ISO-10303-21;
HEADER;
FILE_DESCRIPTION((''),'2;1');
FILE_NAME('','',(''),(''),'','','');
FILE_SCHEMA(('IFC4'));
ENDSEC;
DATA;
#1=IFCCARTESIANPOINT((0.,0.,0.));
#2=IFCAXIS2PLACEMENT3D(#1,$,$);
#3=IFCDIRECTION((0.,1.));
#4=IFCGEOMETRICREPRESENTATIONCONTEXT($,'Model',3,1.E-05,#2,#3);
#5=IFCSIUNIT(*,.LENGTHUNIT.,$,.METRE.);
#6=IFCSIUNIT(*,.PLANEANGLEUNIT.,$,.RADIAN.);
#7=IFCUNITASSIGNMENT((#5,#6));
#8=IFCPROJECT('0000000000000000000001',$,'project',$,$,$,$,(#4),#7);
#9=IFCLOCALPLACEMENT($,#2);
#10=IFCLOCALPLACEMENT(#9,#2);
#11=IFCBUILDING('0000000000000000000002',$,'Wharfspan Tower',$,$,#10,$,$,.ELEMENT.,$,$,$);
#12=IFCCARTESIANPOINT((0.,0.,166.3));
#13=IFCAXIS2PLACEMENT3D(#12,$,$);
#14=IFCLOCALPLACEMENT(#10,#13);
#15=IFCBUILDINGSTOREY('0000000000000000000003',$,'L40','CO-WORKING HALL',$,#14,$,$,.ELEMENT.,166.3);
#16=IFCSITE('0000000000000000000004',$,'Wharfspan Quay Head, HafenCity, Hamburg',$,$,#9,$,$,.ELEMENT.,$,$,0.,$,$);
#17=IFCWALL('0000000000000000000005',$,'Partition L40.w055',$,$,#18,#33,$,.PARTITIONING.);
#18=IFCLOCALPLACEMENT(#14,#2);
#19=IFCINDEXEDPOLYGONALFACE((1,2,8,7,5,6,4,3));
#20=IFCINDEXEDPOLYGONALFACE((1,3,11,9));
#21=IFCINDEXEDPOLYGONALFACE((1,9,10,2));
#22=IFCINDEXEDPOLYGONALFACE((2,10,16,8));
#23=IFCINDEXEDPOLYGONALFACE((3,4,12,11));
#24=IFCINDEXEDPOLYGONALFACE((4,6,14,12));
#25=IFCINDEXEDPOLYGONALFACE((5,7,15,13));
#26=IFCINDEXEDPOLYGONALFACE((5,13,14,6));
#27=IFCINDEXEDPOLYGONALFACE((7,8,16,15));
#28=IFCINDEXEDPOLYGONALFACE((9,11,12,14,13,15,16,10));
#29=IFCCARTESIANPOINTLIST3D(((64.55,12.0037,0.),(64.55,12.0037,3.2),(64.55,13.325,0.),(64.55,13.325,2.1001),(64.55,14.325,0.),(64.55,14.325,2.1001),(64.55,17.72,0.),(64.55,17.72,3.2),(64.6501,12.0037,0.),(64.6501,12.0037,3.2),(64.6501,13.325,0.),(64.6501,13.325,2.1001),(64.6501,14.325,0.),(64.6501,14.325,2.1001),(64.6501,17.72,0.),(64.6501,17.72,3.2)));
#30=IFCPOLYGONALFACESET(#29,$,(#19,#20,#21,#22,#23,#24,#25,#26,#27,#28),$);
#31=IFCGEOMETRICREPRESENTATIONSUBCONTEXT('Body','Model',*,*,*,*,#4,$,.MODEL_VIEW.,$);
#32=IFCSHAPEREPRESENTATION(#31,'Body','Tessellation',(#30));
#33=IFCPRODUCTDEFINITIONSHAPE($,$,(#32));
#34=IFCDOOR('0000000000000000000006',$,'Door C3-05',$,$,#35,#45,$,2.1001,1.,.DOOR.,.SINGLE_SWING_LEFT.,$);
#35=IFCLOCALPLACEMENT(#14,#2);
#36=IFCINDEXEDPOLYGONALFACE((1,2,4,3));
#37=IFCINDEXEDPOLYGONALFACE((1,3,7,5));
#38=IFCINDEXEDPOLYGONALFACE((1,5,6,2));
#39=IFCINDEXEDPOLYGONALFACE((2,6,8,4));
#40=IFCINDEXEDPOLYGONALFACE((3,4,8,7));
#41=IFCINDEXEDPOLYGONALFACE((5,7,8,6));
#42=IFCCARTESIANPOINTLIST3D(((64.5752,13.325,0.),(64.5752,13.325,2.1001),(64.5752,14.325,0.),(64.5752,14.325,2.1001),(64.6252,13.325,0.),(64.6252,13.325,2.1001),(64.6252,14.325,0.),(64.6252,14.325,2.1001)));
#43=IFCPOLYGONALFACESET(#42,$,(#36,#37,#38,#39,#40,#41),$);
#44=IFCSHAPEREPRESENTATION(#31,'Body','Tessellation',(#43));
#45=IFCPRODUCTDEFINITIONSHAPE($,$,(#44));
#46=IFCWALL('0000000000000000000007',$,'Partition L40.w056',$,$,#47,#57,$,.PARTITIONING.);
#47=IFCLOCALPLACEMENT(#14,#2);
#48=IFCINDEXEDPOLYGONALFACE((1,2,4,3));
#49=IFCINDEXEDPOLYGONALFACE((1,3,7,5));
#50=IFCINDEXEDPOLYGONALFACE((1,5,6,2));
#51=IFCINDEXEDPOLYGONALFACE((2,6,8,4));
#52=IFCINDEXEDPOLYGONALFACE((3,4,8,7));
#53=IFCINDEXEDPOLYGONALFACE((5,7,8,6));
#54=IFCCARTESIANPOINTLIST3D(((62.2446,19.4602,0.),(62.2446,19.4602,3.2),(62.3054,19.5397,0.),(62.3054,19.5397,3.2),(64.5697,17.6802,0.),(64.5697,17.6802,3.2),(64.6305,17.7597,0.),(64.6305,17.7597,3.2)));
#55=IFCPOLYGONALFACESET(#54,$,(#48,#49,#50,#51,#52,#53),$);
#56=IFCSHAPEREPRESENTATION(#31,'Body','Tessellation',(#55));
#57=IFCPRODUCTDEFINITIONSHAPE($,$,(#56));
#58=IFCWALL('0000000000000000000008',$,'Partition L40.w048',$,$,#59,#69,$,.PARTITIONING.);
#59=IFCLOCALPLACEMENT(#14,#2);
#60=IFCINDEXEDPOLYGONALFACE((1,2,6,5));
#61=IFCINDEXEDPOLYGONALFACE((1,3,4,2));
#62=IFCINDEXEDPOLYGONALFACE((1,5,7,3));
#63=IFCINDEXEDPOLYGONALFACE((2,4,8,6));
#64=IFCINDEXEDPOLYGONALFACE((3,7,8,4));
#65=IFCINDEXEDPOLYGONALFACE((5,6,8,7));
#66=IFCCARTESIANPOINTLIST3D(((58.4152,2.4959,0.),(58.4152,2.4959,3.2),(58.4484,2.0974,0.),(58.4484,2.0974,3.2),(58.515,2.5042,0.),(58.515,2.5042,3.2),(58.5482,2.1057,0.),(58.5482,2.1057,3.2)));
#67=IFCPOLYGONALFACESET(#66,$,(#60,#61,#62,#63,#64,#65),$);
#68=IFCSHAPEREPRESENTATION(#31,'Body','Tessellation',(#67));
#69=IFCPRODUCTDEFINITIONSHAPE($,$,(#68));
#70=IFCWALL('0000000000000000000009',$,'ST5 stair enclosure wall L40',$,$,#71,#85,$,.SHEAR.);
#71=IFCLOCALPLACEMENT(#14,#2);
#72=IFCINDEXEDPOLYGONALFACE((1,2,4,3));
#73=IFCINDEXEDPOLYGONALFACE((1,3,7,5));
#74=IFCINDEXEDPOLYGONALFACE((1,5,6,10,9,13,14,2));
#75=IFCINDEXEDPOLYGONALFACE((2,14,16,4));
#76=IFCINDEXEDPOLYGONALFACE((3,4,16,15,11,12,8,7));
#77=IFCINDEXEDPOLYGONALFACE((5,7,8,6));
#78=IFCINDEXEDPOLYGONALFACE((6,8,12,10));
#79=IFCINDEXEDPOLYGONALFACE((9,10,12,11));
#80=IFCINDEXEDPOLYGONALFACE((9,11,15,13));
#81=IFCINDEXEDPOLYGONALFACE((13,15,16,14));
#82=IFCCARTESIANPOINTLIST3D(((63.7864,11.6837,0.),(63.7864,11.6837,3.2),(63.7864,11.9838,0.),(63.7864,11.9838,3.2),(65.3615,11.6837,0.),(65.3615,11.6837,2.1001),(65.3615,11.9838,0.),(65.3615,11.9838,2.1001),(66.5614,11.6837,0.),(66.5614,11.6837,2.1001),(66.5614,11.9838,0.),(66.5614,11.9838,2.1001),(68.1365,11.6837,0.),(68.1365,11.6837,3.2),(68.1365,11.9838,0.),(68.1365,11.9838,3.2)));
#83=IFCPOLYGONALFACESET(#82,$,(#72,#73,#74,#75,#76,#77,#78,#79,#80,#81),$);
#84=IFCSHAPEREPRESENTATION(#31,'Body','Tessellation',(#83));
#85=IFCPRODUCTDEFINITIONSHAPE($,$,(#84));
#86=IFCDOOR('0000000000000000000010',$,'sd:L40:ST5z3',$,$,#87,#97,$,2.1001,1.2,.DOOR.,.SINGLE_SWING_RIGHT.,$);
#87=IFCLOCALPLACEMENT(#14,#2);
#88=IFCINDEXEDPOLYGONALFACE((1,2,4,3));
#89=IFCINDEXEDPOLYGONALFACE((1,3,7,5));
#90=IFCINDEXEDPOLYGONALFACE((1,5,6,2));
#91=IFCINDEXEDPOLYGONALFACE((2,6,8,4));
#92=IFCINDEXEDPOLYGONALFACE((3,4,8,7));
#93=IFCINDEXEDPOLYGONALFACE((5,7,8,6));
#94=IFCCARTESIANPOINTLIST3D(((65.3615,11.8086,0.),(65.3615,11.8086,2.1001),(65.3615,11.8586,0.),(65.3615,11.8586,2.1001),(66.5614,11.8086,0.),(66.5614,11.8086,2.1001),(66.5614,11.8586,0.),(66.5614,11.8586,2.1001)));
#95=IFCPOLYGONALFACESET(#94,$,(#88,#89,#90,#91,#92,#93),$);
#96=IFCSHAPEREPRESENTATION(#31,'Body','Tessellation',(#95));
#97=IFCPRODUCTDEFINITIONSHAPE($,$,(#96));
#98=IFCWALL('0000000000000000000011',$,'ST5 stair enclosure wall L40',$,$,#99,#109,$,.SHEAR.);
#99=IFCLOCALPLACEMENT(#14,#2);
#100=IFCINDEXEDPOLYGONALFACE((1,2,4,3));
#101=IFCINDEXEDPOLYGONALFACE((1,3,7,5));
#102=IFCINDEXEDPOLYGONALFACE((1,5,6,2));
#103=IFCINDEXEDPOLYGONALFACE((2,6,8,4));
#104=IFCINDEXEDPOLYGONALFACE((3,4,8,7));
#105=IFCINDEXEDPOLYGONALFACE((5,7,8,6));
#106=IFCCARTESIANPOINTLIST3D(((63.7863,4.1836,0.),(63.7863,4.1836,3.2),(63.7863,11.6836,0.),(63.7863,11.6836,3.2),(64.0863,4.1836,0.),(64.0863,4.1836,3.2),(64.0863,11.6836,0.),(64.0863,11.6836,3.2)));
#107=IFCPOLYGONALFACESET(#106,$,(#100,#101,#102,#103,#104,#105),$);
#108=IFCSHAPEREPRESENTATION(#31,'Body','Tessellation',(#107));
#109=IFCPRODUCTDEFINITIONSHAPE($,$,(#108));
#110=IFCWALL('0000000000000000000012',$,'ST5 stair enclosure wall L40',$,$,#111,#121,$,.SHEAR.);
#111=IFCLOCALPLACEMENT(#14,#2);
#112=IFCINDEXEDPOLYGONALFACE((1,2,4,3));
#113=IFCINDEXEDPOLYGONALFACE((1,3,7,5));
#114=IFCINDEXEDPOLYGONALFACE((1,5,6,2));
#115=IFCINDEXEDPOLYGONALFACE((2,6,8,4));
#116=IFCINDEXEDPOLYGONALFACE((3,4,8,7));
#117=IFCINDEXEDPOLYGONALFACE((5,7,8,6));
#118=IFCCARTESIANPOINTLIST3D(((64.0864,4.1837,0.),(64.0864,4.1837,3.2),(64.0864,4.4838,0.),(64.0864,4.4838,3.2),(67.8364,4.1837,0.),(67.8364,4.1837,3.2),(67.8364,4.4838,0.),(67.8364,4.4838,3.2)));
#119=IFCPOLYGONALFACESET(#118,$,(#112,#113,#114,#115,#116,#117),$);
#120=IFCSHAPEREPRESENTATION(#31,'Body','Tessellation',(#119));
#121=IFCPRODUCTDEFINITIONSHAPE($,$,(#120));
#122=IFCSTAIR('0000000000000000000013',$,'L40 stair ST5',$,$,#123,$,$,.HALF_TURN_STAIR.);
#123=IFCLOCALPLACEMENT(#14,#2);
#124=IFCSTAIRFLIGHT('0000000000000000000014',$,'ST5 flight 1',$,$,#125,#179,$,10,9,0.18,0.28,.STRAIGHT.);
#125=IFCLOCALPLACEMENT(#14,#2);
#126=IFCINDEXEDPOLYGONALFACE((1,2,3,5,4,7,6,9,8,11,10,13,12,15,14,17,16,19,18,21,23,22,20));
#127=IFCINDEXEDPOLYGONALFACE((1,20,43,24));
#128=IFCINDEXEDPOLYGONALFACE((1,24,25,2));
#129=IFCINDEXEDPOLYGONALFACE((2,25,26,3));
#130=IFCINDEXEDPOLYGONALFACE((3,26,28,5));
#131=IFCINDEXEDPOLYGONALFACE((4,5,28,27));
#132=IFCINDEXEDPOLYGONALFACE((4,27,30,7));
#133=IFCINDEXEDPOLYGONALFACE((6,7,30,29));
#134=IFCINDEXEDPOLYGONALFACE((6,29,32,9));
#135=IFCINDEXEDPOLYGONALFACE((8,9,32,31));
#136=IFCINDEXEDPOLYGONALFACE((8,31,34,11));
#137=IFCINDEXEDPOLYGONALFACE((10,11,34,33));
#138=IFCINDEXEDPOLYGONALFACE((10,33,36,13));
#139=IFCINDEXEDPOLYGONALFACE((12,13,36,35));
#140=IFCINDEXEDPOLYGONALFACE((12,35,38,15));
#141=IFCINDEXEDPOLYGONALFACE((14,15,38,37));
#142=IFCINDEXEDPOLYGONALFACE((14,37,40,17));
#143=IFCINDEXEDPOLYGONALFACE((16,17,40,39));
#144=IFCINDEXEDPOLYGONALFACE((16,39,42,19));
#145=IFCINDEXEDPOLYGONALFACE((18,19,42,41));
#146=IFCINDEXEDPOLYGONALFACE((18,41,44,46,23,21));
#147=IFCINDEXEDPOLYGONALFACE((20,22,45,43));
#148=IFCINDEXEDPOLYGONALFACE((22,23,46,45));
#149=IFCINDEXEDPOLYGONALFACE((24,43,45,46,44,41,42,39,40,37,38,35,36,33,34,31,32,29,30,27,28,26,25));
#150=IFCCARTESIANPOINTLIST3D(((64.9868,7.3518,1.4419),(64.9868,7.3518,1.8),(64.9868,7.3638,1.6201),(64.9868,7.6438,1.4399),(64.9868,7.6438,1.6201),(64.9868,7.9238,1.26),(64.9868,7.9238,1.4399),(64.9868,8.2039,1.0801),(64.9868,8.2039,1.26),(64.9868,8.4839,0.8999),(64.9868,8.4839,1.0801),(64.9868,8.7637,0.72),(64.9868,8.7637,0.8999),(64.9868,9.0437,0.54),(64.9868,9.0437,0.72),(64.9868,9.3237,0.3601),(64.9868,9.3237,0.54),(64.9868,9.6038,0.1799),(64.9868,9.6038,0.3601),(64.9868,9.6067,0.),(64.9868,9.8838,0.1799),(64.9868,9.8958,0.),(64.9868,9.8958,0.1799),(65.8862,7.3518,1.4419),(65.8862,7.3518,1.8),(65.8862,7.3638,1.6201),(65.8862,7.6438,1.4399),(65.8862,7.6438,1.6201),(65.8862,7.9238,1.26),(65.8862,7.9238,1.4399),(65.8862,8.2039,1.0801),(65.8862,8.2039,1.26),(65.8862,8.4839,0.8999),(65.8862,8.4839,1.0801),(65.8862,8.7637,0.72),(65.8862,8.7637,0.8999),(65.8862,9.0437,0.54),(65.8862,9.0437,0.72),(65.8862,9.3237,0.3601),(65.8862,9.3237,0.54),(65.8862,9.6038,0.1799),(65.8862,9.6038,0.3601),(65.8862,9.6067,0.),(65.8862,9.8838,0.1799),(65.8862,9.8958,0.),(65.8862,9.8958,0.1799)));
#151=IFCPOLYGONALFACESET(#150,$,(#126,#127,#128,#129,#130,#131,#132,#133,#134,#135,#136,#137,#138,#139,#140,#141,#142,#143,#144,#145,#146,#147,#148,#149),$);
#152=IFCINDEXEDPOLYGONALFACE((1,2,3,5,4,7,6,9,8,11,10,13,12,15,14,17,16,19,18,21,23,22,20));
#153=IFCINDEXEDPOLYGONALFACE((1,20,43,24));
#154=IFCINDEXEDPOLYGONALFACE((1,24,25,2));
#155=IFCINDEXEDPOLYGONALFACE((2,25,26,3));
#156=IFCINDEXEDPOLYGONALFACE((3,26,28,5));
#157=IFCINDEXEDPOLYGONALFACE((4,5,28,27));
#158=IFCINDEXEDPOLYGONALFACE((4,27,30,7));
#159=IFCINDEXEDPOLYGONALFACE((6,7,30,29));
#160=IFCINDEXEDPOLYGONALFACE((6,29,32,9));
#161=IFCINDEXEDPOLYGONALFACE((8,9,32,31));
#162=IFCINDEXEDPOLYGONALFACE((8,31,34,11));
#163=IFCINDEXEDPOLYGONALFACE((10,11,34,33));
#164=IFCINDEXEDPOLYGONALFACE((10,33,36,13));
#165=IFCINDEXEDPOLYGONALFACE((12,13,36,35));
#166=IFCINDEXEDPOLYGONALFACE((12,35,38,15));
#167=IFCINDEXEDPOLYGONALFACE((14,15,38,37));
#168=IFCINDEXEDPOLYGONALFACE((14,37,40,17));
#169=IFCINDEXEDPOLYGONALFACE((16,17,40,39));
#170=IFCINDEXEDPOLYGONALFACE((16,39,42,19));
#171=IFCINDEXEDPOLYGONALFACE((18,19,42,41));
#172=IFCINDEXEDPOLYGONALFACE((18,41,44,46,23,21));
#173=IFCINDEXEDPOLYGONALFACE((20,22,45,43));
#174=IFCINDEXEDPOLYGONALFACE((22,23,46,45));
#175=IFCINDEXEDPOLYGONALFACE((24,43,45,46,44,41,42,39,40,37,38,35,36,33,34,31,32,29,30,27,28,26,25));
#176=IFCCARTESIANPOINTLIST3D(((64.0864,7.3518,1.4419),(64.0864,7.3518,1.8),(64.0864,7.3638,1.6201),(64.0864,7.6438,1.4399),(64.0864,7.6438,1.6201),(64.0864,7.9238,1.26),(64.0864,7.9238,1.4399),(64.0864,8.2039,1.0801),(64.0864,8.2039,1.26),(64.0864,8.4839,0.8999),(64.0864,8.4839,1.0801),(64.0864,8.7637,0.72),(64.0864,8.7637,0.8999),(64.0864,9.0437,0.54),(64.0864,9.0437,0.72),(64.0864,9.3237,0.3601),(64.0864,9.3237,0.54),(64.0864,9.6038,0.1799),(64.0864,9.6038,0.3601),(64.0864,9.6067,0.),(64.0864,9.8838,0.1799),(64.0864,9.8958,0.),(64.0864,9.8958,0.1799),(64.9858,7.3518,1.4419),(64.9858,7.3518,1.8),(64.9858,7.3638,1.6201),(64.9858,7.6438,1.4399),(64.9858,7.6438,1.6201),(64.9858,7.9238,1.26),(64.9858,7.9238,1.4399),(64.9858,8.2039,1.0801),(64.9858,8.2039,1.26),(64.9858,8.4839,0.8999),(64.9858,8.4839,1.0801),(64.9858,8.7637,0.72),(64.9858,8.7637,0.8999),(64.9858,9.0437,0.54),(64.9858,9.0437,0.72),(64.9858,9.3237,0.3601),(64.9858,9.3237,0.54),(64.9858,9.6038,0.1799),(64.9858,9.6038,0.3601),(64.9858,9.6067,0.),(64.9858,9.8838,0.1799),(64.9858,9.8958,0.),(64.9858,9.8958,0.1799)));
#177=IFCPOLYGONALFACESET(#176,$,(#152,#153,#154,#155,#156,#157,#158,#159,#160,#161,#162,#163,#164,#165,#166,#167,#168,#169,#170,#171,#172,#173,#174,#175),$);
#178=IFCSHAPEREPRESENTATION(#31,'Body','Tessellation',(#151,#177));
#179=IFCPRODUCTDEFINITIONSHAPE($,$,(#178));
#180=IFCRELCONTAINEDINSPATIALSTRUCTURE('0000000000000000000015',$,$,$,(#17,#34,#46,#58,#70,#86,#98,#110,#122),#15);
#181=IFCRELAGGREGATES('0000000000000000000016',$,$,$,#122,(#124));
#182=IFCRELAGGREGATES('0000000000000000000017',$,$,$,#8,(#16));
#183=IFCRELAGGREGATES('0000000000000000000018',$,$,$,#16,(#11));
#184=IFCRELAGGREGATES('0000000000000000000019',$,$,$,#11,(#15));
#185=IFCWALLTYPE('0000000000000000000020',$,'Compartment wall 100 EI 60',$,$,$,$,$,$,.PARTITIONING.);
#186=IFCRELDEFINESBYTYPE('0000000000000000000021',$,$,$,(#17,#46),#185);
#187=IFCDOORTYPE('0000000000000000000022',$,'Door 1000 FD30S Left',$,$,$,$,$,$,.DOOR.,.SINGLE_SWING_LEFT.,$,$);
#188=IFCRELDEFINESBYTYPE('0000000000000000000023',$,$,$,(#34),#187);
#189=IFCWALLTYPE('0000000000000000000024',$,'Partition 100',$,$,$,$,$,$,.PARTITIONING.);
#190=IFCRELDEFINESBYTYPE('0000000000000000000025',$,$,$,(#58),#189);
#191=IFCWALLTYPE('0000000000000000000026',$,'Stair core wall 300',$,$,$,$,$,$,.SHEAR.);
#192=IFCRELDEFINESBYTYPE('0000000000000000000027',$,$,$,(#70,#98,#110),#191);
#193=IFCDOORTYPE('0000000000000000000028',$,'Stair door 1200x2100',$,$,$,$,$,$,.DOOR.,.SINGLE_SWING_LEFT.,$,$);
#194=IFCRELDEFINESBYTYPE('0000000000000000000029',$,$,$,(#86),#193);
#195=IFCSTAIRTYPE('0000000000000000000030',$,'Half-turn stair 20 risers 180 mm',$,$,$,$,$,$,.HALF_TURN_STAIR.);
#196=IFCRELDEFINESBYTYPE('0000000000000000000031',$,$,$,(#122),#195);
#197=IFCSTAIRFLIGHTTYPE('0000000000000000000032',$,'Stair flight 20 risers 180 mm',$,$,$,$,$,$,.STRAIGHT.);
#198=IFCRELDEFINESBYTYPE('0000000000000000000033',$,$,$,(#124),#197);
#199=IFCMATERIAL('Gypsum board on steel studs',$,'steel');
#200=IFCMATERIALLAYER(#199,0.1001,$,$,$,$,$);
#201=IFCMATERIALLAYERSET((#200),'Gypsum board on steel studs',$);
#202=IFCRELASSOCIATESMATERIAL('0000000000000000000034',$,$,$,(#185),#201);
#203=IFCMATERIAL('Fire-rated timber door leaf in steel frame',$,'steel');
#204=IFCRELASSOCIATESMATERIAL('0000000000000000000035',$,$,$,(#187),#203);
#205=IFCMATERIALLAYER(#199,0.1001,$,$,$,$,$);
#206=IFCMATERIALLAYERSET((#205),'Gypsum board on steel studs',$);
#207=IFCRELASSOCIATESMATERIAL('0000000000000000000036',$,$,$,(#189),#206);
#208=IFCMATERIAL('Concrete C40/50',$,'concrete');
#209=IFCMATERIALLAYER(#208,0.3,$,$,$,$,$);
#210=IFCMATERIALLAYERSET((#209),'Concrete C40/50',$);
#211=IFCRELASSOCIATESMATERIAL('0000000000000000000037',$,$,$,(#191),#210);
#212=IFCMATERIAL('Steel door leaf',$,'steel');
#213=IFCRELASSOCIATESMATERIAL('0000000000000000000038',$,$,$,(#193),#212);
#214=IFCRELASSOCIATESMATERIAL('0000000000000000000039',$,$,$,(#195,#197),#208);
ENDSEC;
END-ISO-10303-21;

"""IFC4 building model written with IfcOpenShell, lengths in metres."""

from ifc_helpers import new_model, si_unit, direction, frame, frame_2d, origin, place, context, subcontext, project, spatial, polyline, rectangle, outline, extrude, material, layer, layer_set, type_object, element, fill, aggregate, save


model = new_model("IFC4")

# Units and contexts
model_context = context("Model", 3, precision=1e-05, world=origin(), true_north=direction((0.0, 1.0)))
body_context = subcontext(model_context, "Body", "Model", "MODEL_VIEW")
ifc_project = project(units=[si_unit("LENGTHUNIT", "METRE"), si_unit("PLANEANGLEUNIT", "RADIAN")], contexts=[model_context])

# Site, building, storey
site_placement = place(None, origin())
site = spatial("IfcSite", under=ifc_project, at=site_placement, Name="Wharfspan Quay Head, HafenCity, Hamburg", CompositionType="ELEMENT", RefElevation=0.0)
building_placement = place(site_placement, origin())
building = spatial("IfcBuilding", under=site, at=building_placement, Name="Wharfspan Tower", CompositionType="ELEMENT")
storey_placement = place(building_placement, frame((0.0, 0.0, 166.3)))
storey = spatial("IfcBuildingStorey", under=building, at=storey_placement, Name="L40", Description="CO-WORKING HALL", CompositionType="ELEMENT", Elevation=166.3)

# Shared definitions
ifc_material_1 = material(Name="Gypsum board on steel studs", Category="steel")
ifc_layer_1 = layer(ifc_material_1, 0.1001)
ifc_layer_set_1 = layer_set([ifc_layer_1], Name="Gypsum board on steel studs")
wall_type_1 = type_object("IfcWallType", Name="Compartment wall 100 EI 60", PredefinedType="PARTITIONING", material=ifc_layer_set_1)

# Wall, opening, door
wall_1_placement = place(storey_placement, frame((64.6001, 12.0037, 0.0), z_axis=(0.0, 0.0, 1.0), x_axis=(0.0, 1.0, 0.0)))
wall_1 = element("IfcWall", 1, at=wall_1_placement, inside=storey, type_object=wall_type_1, Name="Partition L40.w055", PredefinedType="PARTITIONING", context=body_context, shape_type="SweptSolid", body=[
    extrude(rectangle(XDim=5.7163, YDim=0.1001, at=frame_2d((2.8582, 0.0))), origin(), (0.0, 0.0, 1.0), 3.2),
])
opening_1_placement = place(wall_1_placement, frame((1.3213, 0.0, 0.0)))
opening_1 = element("IfcOpeningElement", 2, at=opening_1_placement, cuts=wall_1, PredefinedType="OPENING", context=body_context, shape_type="SweptSolid", body=[
    extrude(rectangle(XDim=1.0, YDim=2.1001, at=frame_2d((0.5, 1.05))), frame((0.0, 0.0601, 0.0), z_axis=(0.0, -1.0, 0.0), x_axis=(1.0, 0.0, 0.0)), (0.0, 0.0, 1.0), 0.1201),
])
ifc_material_2 = material(Name="Fire-rated timber door leaf in steel frame", Category="steel")
door_type_1 = type_object("IfcDoorType", Name="Door 1000 FD30S Left", OperationType="SINGLE_SWING_LEFT", PredefinedType="DOOR", material=ifc_material_2)
door_1_placement = place(opening_1_placement, origin())
door_1 = element("IfcDoor", 3, at=door_1_placement, inside=storey, type_object=door_type_1, Name="Door C3-05", OperationType="SINGLE_SWING_LEFT", OverallHeight=2.1001, OverallWidth=1.0, PredefinedType="DOOR", context=body_context, shape_type="SweptSolid", body=[
    extrude(rectangle(XDim=1.0, YDim=2.1001, at=frame_2d((0.5, 1.05))), frame((0.0, 0.0249, 0.0), z_axis=(0.0, -1.0, 0.0), x_axis=(1.0, 0.0, 0.0)), (0.0, 0.0, 1.0), 0.05),
])
fill(opening_1, door_1)

# Walls
wall_2_placement = place(storey_placement, frame((64.6001, 17.72, 0.0), z_axis=(0.0, 0.0, 1.0), x_axis=(-0.794036, 0.607866, 0.0)))
element("IfcWall", 4, at=wall_2_placement, inside=storey, type_object=wall_type_1, Name="Partition L40.w056", PredefinedType="PARTITIONING", context=body_context, shape_type="SweptSolid", body=[
    extrude(rectangle(XDim=2.9282, YDim=0.1001, at=frame_2d((1.4641, 0.0))), origin(), (0.0, 0.0, 1.0), 3.2),
])
ifc_layer_2 = layer(ifc_material_1, 0.1001)
ifc_layer_set_2 = layer_set([ifc_layer_2], Name="Gypsum board on steel studs")
wall_type_2 = type_object("IfcWallType", Name="Partition 100", PredefinedType="PARTITIONING", material=ifc_layer_set_2)
wall_3_placement = place(storey_placement, frame((58.4983, 2.1016, 0.0), z_axis=(0.0, 0.0, 1.0), x_axis=(-0.083045, 0.996542, 0.0)))
element("IfcWall", 5, at=wall_3_placement, inside=storey, type_object=wall_type_2, Name="Partition L40.w048", PredefinedType="PARTITIONING", context=body_context, shape_type="SweptSolid", body=[
    extrude(rectangle(XDim=0.3999, YDim=0.1001, at=frame_2d((0.2, 0.0))), origin(), (0.0, 0.0, 1.0), 3.2),
])

# Wall, opening, door
ifc_material_3 = material(Name="Concrete C40/50", Category="concrete")
ifc_layer_3 = layer(ifc_material_3, 0.3)
ifc_layer_set_3 = layer_set([ifc_layer_3], Name="Concrete C40/50")
wall_type_3 = type_object("IfcWallType", Name="Stair core wall 300", PredefinedType="SHEAR", material=ifc_layer_set_3)
wall_4_placement = place(storey_placement, frame((63.7864, 11.8337, 0.0), z_axis=(0.0, 0.0, 1.0), x_axis=(1.0, 0.0, 0.0)))
wall_4 = element("IfcWall", 6, at=wall_4_placement, inside=storey, type_object=wall_type_3, Name="ST5 stair enclosure wall L40", PredefinedType="SHEAR", context=body_context, shape_type="SweptSolid", body=[
    extrude(rectangle(XDim=4.3501, YDim=0.3, at=frame_2d((2.175, 0.0))), origin(), (0.0, 0.0, 1.0), 3.2),
])
opening_2_placement = place(wall_4_placement, frame((1.575, 0.0, 0.0)))
opening_2 = element("IfcOpeningElement", 7, at=opening_2_placement, cuts=wall_4, PredefinedType="OPENING", context=body_context, shape_type="SweptSolid", body=[
    extrude(rectangle(XDim=1.2, YDim=2.1001, at=frame_2d((0.6001, 1.05))), frame((0.0, 0.1599, 0.0), z_axis=(0.0, -1.0, 0.0), x_axis=(1.0, 0.0, 0.0)), (0.0, 0.0, 1.0), 0.3201),
])
ifc_material_4 = material(Name="Steel door leaf", Category="steel")
door_type_2 = type_object("IfcDoorType", Name="Stair door 1200x2100", OperationType="SINGLE_SWING_LEFT", PredefinedType="DOOR", material=ifc_material_4)
door_2_placement = place(opening_2_placement, origin())
door_2 = element("IfcDoor", 8, at=door_2_placement, inside=storey, type_object=door_type_2, Name="sd:L40:ST5z3", OperationType="SINGLE_SWING_RIGHT", OverallHeight=2.1001, OverallWidth=1.2, PredefinedType="DOOR", context=body_context, shape_type="SweptSolid", body=[
    extrude(rectangle(XDim=1.2, YDim=2.1001, at=frame_2d((0.6001, 1.05))), frame((0.0, 0.0249, 0.0), z_axis=(0.0, -1.0, 0.0), x_axis=(1.0, 0.0, 0.0)), (0.0, 0.0, 1.0), 0.05),
])
fill(opening_2, door_2)

# Walls
wall_5_placement = place(storey_placement, frame((63.9363, 4.1836, 0.0), z_axis=(0.0, 0.0, 1.0), x_axis=(0.0, 1.0, 0.0)))
element("IfcWall", 9, at=wall_5_placement, inside=storey, type_object=wall_type_3, Name="ST5 stair enclosure wall L40", PredefinedType="SHEAR", context=body_context, shape_type="SweptSolid", body=[
    extrude(rectangle(XDim=7.5, YDim=0.3, at=frame_2d((3.75, 0.0))), origin(), (0.0, 0.0, 1.0), 3.2),
])
wall_6_placement = place(storey_placement, frame((64.0864, 4.3337, 0.0), z_axis=(0.0, 0.0, 1.0), x_axis=(1.0, 0.0, 0.0)))
element("IfcWall", 10, at=wall_6_placement, inside=storey, type_object=wall_type_3, Name="ST5 stair enclosure wall L40", PredefinedType="SHEAR", context=body_context, shape_type="SweptSolid", body=[
    extrude(rectangle(XDim=3.75, YDim=0.3, at=frame_2d((1.875, 0.0))), origin(), (0.0, 0.0, 1.0), 3.2),
])

# Stair, stair flight
stair_type = type_object("IfcStairType", Name="Half-turn stair 20 risers 180 mm", PredefinedType="HALF_TURN_STAIR", material=ifc_material_3)
stair_placement = place(storey_placement, origin())
stair = element("IfcStair", 11, at=stair_placement, inside=storey, type_object=stair_type, Name="L40 stair ST5", PredefinedType="HALF_TURN_STAIR")
stair_flight_type = type_object("IfcStairFlightType", Name="Stair flight 20 risers 180 mm", PredefinedType="STRAIGHT", material=ifc_material_3)
stair_flight_placement = place(storey_placement, frame((64.9863, 9.8838, 0.0), z_axis=(0.0, 0.0, 1.0), x_axis=(0.0, -1.0, 0.0)))
stair_flight = element("IfcStairFlight", 12, at=stair_flight_placement, type_object=stair_flight_type, Name="ST5 flight 1", NumberOfRisers=10, NumberOfTreads=9, PredefinedType="STRAIGHT", RiserHeight=0.18, TreadLength=0.28, context=body_context, shape_type="SweptSolid", body=[
    extrude(outline(polyline([(-0.012, 0.0), (-0.012, 0.1799), (0.0, 0.1799), (0.28, 0.1799), (0.28, 0.3601), (0.5601, 0.3601), (0.5601, 0.54), (0.8401, 0.54), (0.8401, 0.72), (1.1201, 0.72), (1.1201, 0.8999), (1.3999, 0.8999), (1.3999, 1.0801), (1.6799, 1.0801), (1.6799, 1.26), (1.96, 1.26), (1.96, 1.4399), (2.24, 1.4399), (2.24, 1.6201), (2.52, 1.6201), (2.532, 1.8), (2.532, 1.4419), (0.2771, 0.0), (-0.012, 0.0)])), frame((0.0, 0.8999, 0.0), z_axis=(0.0, -1.0, 0.0), x_axis=(1.0, 0.0, 0.0)), (0.0, 0.0, 1.0), 0.8994),
    extrude(outline(polyline([(-0.012, 0.0), (-0.012, 0.1799), (0.0, 0.1799), (0.28, 0.1799), (0.28, 0.3601), (0.5601, 0.3601), (0.5601, 0.54), (0.8401, 0.54), (0.8401, 0.72), (1.1201, 0.72), (1.1201, 0.8999), (1.3999, 0.8999), (1.3999, 1.0801), (1.6799, 1.0801), (1.6799, 1.26), (1.96, 1.26), (1.96, 1.4399), (2.24, 1.4399), (2.24, 1.6201), (2.52, 1.6201), (2.532, 1.8), (2.532, 1.4419), (0.2771, 0.0), (-0.012, 0.0)])), frame((0.0, -0.0005, 0.0), z_axis=(0.0, -1.0, 0.0), x_axis=(1.0, 0.0, 0.0)), (0.0, 0.0, 1.0), 0.8994),
])
aggregate(stair, [stair_flight])

save(model, "model.ifc")
